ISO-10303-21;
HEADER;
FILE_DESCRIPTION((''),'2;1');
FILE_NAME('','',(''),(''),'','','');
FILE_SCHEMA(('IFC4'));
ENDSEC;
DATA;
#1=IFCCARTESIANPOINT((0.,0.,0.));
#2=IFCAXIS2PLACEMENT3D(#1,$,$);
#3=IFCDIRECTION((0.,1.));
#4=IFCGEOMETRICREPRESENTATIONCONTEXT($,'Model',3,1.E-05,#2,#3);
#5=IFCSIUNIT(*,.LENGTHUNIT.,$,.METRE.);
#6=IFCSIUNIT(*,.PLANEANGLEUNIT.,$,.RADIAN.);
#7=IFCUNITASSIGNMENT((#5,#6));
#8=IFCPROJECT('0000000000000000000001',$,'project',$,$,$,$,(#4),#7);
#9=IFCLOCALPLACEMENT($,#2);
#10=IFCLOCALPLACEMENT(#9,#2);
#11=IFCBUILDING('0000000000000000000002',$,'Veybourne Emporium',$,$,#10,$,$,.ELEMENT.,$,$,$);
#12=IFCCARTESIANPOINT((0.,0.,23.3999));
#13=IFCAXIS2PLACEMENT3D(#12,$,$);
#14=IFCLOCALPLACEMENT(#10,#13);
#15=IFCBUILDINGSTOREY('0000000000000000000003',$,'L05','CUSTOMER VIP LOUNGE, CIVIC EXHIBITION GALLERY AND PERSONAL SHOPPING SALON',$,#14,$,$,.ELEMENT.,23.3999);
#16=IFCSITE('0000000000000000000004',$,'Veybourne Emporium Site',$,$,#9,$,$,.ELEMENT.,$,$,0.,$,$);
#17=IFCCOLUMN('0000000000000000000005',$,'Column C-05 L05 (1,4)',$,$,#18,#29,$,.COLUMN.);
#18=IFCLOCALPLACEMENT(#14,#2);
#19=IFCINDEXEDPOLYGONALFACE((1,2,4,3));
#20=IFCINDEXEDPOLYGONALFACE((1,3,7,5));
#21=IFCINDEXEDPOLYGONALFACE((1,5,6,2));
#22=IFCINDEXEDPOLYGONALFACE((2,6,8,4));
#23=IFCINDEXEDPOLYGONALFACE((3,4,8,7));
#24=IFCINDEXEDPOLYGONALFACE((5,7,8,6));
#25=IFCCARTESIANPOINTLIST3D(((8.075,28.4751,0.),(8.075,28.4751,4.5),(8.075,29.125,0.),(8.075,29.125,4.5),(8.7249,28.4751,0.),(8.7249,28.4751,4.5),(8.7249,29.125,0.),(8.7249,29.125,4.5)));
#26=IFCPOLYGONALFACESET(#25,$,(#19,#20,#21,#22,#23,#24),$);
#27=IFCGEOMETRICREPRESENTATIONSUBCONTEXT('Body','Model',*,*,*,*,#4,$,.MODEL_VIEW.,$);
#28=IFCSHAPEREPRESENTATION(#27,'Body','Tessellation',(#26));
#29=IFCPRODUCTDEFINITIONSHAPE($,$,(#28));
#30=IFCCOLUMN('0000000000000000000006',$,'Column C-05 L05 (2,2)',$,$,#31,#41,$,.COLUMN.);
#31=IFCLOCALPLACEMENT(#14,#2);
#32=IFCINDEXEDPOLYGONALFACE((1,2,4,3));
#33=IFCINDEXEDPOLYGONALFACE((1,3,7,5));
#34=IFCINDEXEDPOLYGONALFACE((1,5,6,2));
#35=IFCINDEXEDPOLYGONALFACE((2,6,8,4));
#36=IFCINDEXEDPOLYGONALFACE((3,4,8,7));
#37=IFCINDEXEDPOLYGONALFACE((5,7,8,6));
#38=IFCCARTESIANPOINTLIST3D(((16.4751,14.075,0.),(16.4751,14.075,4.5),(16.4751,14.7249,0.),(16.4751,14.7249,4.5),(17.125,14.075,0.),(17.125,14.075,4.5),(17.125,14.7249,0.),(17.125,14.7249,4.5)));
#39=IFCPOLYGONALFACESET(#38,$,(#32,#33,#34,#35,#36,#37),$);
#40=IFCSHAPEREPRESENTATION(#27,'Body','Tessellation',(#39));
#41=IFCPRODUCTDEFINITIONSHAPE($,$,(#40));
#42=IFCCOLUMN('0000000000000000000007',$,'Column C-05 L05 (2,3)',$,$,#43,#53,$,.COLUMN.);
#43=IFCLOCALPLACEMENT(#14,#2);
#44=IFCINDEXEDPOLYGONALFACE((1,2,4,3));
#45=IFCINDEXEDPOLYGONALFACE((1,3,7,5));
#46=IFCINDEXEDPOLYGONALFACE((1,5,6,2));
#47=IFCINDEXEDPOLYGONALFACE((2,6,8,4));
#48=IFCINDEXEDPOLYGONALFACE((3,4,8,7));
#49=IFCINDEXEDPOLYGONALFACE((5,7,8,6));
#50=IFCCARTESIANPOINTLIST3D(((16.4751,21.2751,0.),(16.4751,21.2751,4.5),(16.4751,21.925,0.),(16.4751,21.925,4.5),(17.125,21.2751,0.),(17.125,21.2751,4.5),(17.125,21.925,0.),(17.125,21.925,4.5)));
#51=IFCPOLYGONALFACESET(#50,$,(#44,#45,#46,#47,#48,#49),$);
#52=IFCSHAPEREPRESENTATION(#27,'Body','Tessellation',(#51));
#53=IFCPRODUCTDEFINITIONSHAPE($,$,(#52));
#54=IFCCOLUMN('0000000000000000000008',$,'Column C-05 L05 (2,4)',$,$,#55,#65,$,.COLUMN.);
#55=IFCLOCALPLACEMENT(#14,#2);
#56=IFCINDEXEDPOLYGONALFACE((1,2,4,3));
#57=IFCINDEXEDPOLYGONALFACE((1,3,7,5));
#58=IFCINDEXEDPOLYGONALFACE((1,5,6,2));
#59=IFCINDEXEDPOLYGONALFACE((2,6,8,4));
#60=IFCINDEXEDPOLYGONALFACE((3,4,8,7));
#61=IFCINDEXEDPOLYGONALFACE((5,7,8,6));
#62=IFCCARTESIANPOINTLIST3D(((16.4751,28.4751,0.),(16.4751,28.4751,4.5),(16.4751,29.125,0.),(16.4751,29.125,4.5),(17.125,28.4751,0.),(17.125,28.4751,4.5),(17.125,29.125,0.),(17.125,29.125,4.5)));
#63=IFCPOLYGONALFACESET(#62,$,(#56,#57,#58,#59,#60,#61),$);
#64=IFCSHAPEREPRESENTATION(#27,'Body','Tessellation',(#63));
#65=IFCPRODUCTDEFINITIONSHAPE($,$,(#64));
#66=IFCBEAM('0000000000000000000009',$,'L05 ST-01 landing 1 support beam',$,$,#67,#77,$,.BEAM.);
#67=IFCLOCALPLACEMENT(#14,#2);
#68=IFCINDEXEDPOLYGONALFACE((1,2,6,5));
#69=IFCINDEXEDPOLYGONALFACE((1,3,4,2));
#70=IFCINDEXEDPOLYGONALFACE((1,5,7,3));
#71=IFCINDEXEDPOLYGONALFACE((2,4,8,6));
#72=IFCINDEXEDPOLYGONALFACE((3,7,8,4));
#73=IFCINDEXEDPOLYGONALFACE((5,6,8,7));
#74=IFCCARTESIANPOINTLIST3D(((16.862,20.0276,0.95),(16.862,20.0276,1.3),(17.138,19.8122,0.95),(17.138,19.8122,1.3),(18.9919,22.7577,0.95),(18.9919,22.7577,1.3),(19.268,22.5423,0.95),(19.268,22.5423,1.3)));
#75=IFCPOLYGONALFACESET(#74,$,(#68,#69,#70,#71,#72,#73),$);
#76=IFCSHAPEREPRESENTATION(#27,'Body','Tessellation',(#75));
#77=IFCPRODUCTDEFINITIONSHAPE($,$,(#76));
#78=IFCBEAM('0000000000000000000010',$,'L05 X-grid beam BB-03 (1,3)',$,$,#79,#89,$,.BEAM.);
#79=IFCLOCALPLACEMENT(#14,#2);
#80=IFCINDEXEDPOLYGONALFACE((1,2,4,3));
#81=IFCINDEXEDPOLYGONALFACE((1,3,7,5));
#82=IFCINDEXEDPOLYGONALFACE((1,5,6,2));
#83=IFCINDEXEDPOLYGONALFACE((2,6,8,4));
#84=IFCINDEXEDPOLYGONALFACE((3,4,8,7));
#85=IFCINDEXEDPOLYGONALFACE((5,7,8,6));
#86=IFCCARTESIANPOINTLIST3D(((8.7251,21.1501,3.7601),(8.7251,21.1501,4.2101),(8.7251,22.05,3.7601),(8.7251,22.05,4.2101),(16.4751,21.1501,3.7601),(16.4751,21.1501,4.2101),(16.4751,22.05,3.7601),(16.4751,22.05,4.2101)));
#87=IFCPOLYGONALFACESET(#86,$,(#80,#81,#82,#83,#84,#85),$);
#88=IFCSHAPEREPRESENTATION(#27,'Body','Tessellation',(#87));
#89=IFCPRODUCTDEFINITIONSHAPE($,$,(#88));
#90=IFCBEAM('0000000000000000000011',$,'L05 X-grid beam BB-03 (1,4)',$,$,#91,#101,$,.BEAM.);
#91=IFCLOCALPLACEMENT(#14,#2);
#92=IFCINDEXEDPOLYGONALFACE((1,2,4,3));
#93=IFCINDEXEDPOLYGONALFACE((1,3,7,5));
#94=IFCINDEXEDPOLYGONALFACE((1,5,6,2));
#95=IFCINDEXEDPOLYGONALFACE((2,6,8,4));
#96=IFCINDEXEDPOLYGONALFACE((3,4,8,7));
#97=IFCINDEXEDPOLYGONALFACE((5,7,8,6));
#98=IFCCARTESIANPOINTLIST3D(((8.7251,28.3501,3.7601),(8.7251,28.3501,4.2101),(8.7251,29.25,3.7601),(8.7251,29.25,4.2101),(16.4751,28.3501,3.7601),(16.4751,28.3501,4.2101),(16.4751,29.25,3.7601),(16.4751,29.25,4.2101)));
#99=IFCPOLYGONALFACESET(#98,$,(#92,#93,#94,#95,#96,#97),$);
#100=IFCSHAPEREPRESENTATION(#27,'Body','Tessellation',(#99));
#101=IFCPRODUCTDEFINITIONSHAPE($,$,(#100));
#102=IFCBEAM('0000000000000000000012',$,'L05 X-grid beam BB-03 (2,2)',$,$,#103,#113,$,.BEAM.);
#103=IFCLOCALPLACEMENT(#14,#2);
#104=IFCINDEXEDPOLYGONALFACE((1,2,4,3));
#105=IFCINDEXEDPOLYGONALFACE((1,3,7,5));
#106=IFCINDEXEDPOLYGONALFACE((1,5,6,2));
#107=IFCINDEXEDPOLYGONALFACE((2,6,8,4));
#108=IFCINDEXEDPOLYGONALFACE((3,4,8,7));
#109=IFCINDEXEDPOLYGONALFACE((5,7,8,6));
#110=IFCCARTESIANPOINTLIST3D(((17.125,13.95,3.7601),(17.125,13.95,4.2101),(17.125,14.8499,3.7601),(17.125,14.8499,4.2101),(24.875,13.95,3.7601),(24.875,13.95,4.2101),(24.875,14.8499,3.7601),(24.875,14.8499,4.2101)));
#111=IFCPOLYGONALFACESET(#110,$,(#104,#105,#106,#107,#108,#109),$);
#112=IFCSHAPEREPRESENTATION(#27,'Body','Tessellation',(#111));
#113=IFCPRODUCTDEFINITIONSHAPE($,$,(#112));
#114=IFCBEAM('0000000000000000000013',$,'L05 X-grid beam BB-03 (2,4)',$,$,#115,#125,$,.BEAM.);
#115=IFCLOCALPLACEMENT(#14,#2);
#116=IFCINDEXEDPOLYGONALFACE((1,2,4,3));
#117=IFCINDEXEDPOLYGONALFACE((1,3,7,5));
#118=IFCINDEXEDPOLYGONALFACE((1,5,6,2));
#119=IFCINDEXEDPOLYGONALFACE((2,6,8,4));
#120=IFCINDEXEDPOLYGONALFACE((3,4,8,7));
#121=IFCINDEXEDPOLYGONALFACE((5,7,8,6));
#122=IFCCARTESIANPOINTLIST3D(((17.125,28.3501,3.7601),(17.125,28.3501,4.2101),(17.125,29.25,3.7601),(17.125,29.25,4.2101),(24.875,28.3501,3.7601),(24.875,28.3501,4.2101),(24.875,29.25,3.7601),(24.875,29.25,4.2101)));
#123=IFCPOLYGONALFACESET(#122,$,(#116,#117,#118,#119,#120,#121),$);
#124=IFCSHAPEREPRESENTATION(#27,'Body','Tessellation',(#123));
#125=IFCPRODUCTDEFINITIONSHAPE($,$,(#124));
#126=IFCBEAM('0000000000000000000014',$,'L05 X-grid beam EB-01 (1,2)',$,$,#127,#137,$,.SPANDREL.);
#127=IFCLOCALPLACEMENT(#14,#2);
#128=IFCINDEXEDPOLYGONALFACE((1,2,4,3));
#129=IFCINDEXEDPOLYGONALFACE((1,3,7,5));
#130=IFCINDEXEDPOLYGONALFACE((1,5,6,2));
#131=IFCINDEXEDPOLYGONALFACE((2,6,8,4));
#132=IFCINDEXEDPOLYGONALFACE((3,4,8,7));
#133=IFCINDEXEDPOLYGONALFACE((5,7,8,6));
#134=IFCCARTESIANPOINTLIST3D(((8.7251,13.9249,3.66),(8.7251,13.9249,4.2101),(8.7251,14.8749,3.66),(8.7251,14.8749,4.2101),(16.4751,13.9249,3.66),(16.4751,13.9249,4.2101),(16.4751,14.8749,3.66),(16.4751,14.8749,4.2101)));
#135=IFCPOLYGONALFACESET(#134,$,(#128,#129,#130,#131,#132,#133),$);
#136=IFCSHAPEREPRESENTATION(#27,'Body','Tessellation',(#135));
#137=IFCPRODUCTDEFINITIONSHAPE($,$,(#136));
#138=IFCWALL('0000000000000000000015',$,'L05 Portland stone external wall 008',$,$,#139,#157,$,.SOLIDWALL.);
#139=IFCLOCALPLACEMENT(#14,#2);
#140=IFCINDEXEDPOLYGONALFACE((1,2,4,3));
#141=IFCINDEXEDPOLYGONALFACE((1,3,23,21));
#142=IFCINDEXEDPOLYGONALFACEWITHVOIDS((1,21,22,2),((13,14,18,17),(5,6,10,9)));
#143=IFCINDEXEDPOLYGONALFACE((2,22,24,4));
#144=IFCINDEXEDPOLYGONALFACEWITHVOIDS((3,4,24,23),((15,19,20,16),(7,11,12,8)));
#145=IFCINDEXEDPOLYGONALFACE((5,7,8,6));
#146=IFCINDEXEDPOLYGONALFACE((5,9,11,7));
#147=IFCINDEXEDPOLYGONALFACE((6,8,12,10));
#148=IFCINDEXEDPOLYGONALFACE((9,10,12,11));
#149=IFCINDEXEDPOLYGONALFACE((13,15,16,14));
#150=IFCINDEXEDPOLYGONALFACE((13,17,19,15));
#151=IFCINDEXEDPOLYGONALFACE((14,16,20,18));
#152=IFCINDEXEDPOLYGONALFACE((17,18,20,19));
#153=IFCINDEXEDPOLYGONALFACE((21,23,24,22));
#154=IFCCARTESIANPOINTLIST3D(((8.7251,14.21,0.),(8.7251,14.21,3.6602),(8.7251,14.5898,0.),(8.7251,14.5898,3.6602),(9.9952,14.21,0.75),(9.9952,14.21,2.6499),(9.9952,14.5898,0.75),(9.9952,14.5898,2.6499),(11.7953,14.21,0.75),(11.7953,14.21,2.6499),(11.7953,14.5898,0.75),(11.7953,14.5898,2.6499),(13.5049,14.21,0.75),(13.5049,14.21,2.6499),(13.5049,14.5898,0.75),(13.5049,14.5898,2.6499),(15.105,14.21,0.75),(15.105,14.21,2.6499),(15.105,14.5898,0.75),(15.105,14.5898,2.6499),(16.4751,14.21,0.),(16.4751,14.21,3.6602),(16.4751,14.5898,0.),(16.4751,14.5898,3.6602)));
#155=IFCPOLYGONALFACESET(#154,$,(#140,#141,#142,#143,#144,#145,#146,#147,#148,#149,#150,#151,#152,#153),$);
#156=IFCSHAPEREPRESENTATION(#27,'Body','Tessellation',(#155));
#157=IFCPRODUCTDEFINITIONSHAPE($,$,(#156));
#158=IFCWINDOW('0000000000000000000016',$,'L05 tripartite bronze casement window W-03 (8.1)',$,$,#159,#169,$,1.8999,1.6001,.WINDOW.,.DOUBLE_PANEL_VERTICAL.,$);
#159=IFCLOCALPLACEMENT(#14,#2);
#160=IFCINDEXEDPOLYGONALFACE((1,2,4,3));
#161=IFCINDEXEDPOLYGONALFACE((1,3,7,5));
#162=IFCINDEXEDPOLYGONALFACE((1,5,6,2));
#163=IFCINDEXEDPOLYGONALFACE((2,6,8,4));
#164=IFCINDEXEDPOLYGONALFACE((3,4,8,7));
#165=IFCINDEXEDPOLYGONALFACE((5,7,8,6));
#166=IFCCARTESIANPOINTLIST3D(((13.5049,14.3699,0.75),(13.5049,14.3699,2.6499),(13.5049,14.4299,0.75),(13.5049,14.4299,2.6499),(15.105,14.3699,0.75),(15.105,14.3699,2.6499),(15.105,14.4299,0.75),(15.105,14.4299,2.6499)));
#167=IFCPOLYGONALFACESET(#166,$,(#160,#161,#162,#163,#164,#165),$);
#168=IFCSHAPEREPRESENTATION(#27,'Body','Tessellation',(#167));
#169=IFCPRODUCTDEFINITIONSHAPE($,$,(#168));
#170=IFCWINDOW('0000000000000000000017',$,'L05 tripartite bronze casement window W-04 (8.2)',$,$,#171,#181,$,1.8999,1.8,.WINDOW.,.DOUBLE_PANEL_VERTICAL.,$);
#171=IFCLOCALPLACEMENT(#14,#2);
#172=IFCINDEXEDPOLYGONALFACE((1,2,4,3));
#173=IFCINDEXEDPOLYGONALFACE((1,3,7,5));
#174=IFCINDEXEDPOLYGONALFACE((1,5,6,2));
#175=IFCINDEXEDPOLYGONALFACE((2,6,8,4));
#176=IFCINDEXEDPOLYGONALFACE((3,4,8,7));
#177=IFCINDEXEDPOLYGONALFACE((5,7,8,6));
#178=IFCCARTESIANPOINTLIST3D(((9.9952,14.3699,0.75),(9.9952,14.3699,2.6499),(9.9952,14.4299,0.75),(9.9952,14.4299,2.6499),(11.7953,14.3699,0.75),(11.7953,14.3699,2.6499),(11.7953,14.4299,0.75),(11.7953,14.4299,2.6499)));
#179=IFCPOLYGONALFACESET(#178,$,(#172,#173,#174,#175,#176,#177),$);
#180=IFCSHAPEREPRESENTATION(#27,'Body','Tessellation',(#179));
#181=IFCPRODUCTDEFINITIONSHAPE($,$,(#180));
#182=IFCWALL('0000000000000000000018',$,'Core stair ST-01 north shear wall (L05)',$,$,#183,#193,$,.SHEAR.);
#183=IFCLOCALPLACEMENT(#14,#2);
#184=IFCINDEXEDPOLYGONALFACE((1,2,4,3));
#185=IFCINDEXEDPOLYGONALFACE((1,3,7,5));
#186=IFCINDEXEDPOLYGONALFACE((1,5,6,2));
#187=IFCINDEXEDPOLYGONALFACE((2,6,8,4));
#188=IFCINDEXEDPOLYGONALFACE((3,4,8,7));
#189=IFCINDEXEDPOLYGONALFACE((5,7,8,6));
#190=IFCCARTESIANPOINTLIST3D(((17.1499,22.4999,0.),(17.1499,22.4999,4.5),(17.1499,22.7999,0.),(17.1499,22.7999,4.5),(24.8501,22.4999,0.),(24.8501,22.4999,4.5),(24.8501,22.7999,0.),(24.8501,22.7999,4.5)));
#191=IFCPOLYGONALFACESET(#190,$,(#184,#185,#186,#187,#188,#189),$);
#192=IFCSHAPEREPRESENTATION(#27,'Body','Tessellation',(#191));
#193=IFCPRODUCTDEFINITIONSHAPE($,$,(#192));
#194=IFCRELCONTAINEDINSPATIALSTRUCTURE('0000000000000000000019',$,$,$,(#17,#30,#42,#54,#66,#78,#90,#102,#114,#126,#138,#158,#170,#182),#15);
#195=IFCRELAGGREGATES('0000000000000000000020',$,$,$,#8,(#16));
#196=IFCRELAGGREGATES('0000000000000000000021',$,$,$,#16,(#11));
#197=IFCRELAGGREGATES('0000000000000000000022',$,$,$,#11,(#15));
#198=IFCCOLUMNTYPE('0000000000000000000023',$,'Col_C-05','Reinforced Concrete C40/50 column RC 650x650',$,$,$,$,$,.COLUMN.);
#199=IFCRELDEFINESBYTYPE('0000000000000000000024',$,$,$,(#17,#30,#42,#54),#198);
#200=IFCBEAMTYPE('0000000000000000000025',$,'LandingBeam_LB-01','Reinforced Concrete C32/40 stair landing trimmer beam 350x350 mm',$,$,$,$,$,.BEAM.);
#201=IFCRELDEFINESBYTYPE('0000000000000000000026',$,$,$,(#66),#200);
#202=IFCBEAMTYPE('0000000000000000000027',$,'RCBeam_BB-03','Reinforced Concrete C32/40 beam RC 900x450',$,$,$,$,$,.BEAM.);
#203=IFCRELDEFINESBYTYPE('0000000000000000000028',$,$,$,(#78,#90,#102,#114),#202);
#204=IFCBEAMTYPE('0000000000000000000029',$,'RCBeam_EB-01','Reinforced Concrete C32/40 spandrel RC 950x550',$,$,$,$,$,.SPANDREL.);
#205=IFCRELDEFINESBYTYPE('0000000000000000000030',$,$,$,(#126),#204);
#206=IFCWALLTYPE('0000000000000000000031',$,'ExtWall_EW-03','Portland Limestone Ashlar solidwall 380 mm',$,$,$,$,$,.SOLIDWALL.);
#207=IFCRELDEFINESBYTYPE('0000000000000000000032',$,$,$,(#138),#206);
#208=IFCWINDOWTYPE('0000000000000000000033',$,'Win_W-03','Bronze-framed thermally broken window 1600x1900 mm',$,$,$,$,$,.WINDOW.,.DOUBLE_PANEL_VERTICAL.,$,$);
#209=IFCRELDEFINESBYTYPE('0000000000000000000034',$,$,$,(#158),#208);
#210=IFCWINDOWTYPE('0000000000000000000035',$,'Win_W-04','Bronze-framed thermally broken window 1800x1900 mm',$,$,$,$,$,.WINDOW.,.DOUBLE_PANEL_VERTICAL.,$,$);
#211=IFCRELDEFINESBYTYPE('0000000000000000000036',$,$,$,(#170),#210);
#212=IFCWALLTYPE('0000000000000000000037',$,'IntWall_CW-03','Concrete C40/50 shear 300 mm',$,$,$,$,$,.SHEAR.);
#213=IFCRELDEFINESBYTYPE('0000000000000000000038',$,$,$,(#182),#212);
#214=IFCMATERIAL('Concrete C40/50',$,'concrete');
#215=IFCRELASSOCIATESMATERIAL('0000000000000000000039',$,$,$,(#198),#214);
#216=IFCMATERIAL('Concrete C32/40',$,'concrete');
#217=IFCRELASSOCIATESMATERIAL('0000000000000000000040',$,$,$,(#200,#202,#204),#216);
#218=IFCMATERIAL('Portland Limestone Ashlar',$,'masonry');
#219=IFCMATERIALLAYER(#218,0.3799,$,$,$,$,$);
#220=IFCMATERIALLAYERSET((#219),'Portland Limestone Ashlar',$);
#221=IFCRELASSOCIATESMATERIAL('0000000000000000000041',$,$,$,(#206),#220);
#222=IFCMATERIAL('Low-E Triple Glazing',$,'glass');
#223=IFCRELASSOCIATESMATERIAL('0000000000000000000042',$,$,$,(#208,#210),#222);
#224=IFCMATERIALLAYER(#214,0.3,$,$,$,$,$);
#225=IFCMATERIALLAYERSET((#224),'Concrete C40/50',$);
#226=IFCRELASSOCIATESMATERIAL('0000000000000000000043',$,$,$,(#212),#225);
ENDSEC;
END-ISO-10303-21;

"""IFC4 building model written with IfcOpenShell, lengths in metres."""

from ifc_helpers import new_model, si_unit, direction, frame, frame_2d, origin, origin_2d, place, context, subcontext, project, spatial, rectangle, extrude, material, layer, layer_set, material_profile, profile_set, type_object, element, fill, save


model = new_model("IFC4")

# Units and contexts
model_context = context("Model", 3, precision=1e-05, world=origin(), true_north=direction((0.0, 1.0)))
body_context = subcontext(model_context, "Body", "Model", "MODEL_VIEW")
ifc_project = project(units=[si_unit("LENGTHUNIT", "METRE"), si_unit("PLANEANGLEUNIT", "RADIAN")], contexts=[model_context])

# Site, building, storey
site_placement = place(None, origin())
site = spatial("IfcSite", under=ifc_project, at=site_placement, Name="Veybourne Emporium Site", CompositionType="ELEMENT", RefElevation=0.0)
building_placement = place(site_placement, origin())
building = spatial("IfcBuilding", under=site, at=building_placement, Name="Veybourne Emporium", CompositionType="ELEMENT")
storey_placement = place(building_placement, frame((0.0, 0.0, 23.3999)))
storey = spatial("IfcBuildingStorey", under=building, at=storey_placement, Name="L05", Description="CUSTOMER VIP LOUNGE, CIVIC EXHIBITION GALLERY AND PERSONAL SHOPPING SALON", CompositionType="ELEMENT", Elevation=23.3999)

# Columns
ifc_material_1 = material(Name="Concrete C40/50", Category="concrete")
ifc_material_profile_1 = material_profile(ifc_material_1, rectangle(XDim=0.6499, YDim=0.6499, at=origin_2d()), Name="RC 650x650")
ifc_profile_set_1 = profile_set([ifc_material_profile_1], Name="Concrete C40/50")
column_type = type_object("IfcColumnType", Name="Col_C-05", Description="Reinforced Concrete C40/50 column RC 650x650", PredefinedType="COLUMN", material=ifc_profile_set_1)
for number, where, z_axis, x_axis, name in (
    (1, (8.3999, 28.8, 0.0), (0.0, 0.0, 1.0), (1.0, 0.0, 0.0), "Column C-05 L05 (1,4)"),
    (2, (16.8, 14.3999, 0.0), (0.0, 0.0, 1.0), (1.0, 0.0, 0.0), "Column C-05 L05 (2,2)"),
    (3, (16.8, 21.6001, 0.0), (0.0, 0.0, 1.0), (1.0, 0.0, 0.0), "Column C-05 L05 (2,3)"),
    (4, (16.8, 28.8, 0.0), (0.0, 0.0, 1.0), (1.0, 0.0, 0.0), "Column C-05 L05 (2,4)"),
):
    element("IfcColumn", number, at=place(storey_placement, frame(where, z_axis=z_axis, x_axis=x_axis)), inside=storey, type_object=column_type, Name=name, PredefinedType="COLUMN", context=body_context, shape_type="SweptSolid", body=[
        extrude(rectangle(XDim=0.6499, YDim=0.6499, at=origin_2d()), origin(), (0.0, 0.0, 1.0), 4.5),
    ])

# Beams
ifc_material_2 = material(Name="Concrete C32/40", Category="concrete")
ifc_material_profile_2 = material_profile(ifc_material_2, rectangle(XDim=0.3501, YDim=0.3501, at=origin_2d()), Name="RC 350x350")
ifc_profile_set_2 = profile_set([ifc_material_profile_2], Name="Concrete C32/40")
beam_type_1 = type_object("IfcBeamType", Name="LandingBeam_LB-01", Description="Reinforced Concrete C32/40 stair landing trimmer beam 350x350 mm", PredefinedType="BEAM", material=ifc_profile_set_2)
beam_1_placement = place(storey_placement, frame((17.0, 19.9199, 1.125), z_axis=(0.615121, 0.788433, 0.0), x_axis=(-0.788433, 0.615121, 0.0)))
element("IfcBeam", 5, at=beam_1_placement, inside=storey, type_object=beam_type_1, Name="L05 ST-01 landing 1 support beam", PredefinedType="BEAM", context=body_context, shape_type="SweptSolid", body=[
    extrude(rectangle(XDim=0.3501, YDim=0.3501, at=origin_2d()), origin(), (0.0, 0.0, 1.0), 3.4626),
])
ifc_material_profile_3 = material_profile(ifc_material_2, rectangle(XDim=0.8999, YDim=0.45, at=origin_2d()), Name="RC 900x450")
ifc_profile_set_3 = profile_set([ifc_material_profile_3], Name="Concrete C32/40")
beam_type_2 = type_object("IfcBeamType", Name="RCBeam_BB-03", Description="Reinforced Concrete C32/40 beam RC 900x450", PredefinedType="BEAM", material=ifc_profile_set_3)
for number, where, z_axis, x_axis, name in (
    (6, (8.7251, 21.6001, 3.9851), (1.0, 0.0, 0.0), (0.0, 1.0, 0.0), "L05 X-grid beam BB-03 (1,3)"),
    (7, (8.7251, 28.8, 3.9851), (1.0, 0.0, 0.0), (0.0, 1.0, 0.0), "L05 X-grid beam BB-03 (1,4)"),
    (8, (17.125, 14.3999, 3.9851), (1.0, 0.0, 0.0), (0.0, 1.0, 0.0), "L05 X-grid beam BB-03 (2,2)"),
    (9, (17.125, 28.8, 3.9851), (1.0, 0.0, 0.0), (0.0, 1.0, 0.0), "L05 X-grid beam BB-03 (2,4)"),
):
    element("IfcBeam", number, at=place(storey_placement, frame(where, z_axis=z_axis, x_axis=x_axis)), inside=storey, type_object=beam_type_2, Name=name, PredefinedType="BEAM", context=body_context, shape_type="SweptSolid", body=[
        extrude(rectangle(XDim=0.8999, YDim=0.45, at=origin_2d()), origin(), (0.0, 0.0, 1.0), 7.75),
    ])
ifc_material_profile_4 = material_profile(ifc_material_2, rectangle(XDim=0.95, YDim=0.55, at=origin_2d()), Name="RC 950x550")
ifc_profile_set_4 = profile_set([ifc_material_profile_4], Name="Concrete C32/40")
beam_type_3 = type_object("IfcBeamType", Name="RCBeam_EB-01", Description="Reinforced Concrete C32/40 spandrel RC 950x550", PredefinedType="SPANDREL", material=ifc_profile_set_4)
beam_2_placement = place(storey_placement, frame((8.7251, 14.3999, 3.9351), z_axis=(1.0, 0.0, 0.0), x_axis=(0.0, 1.0, 0.0)))
element("IfcBeam", 10, at=beam_2_placement, inside=storey, type_object=beam_type_3, Name="L05 X-grid beam EB-01 (1,2)", PredefinedType="SPANDREL", context=body_context, shape_type="SweptSolid", body=[
    extrude(rectangle(XDim=0.95, YDim=0.55, at=origin_2d()), origin(), (0.0, 0.0, 1.0), 7.75),
])

# Wall, openings, windows
ifc_material_3 = material(Name="Portland Limestone Ashlar", Category="masonry")
ifc_layer_1 = layer(ifc_material_3, 0.3799)
ifc_layer_set_1 = layer_set([ifc_layer_1], Name="Portland Limestone Ashlar")
wall_type_1 = type_object("IfcWallType", Name="ExtWall_EW-03", Description="Portland Limestone Ashlar solidwall 380 mm", PredefinedType="SOLIDWALL", material=ifc_layer_set_1)
wall_1_placement = place(storey_placement, frame((16.4751, 14.3999, 0.0), z_axis=(0.0, 0.0, 1.0), x_axis=(-1.0, 0.0, 0.0)))
wall_1 = element("IfcWall", 11, at=wall_1_placement, inside=storey, type_object=wall_type_1, Name="L05 Portland stone external wall 008", PredefinedType="SOLIDWALL", context=body_context, shape_type="SweptSolid", body=[
    extrude(rectangle(XDim=7.75, YDim=0.3799, at=frame_2d((3.875, 0.0))), origin(), (0.0, 0.0, 1.0), 3.6602),
])
opening_1_placement = place(wall_1_placement, frame((1.3701, 0.0, 0.75)))
opening_1 = element("IfcOpeningElement", 12, at=opening_1_placement, cuts=wall_1, PredefinedType="OPENING", context=body_context, shape_type="SweptSolid", body=[
    extrude(rectangle(XDim=1.6001, YDim=1.8999, at=frame_2d((0.8, 0.95))), frame((0.0, 0.21, 0.0), z_axis=(0.0, -1.0, 0.0), x_axis=(1.0, 0.0, 0.0)), (0.0, 0.0, 1.0), 0.4199),
])
opening_2_placement = place(wall_1_placement, frame((4.6799, 0.0, 0.75)))
opening_2 = element("IfcOpeningElement", 13, at=opening_2_placement, cuts=wall_1, PredefinedType="OPENING", context=body_context, shape_type="SweptSolid", body=[
    extrude(rectangle(XDim=1.8, YDim=1.8999, at=frame_2d((0.8999, 0.95))), frame((0.0, 0.21, 0.0), z_axis=(0.0, -1.0, 0.0), x_axis=(1.0, 0.0, 0.0)), (0.0, 0.0, 1.0), 0.4199),
])
ifc_material_4 = material(Name="Low-E Triple Glazing", Category="glass")
window_type_1 = type_object("IfcWindowType", Name="Win_W-03", Description="Bronze-framed thermally broken window 1600x1900 mm", PartitioningType="DOUBLE_PANEL_VERTICAL", PredefinedType="WINDOW", material=ifc_material_4)
window_1_placement = place(opening_1_placement, origin())
window_1 = element("IfcWindow", 14, at=window_1_placement, inside=storey, type_object=window_type_1, Name="L05 tripartite bronze casement window W-03 (8.1)", OverallHeight=1.8999, OverallWidth=1.6001, PartitioningType="DOUBLE_PANEL_VERTICAL", PredefinedType="WINDOW", context=body_context, shape_type="SweptSolid", body=[
    extrude(rectangle(XDim=1.6001, YDim=1.8999, at=frame_2d((0.8, 0.95))), frame((0.0, 0.03, 0.0), z_axis=(0.0, -1.0, 0.0), x_axis=(1.0, 0.0, 0.0)), (0.0, 0.0, 1.0), 0.0601),
])
fill(opening_1, window_1)
window_type_2 = type_object("IfcWindowType", Name="Win_W-04", Description="Bronze-framed thermally broken window 1800x1900 mm", PartitioningType="DOUBLE_PANEL_VERTICAL", PredefinedType="WINDOW", material=ifc_material_4)
window_2_placement = place(opening_2_placement, origin())
window_2 = element("IfcWindow", 15, at=window_2_placement, inside=storey, type_object=window_type_2, Name="L05 tripartite bronze casement window W-04 (8.2)", OverallHeight=1.8999, OverallWidth=1.8, PartitioningType="DOUBLE_PANEL_VERTICAL", PredefinedType="WINDOW", context=body_context, shape_type="SweptSolid", body=[
    extrude(rectangle(XDim=1.8, YDim=1.8999, at=frame_2d((0.8999, 0.95))), frame((0.0, 0.03, 0.0), z_axis=(0.0, -1.0, 0.0), x_axis=(1.0, 0.0, 0.0)), (0.0, 0.0, 1.0), 0.0601),
])
fill(opening_2, window_2)

# Wall
ifc_layer_2 = layer(ifc_material_1, 0.3)
ifc_layer_set_2 = layer_set([ifc_layer_2], Name="Concrete C40/50")
wall_type_2 = type_object("IfcWallType", Name="IntWall_CW-03", Description="Concrete C40/50 shear 300 mm", PredefinedType="SHEAR", material=ifc_layer_set_2)
wall_2_placement = place(storey_placement, frame((17.1499, 22.6499, 0.0), z_axis=(0.0, 0.0, 1.0), x_axis=(1.0, 0.0, 0.0)))
element("IfcWall", 16, at=wall_2_placement, inside=storey, type_object=wall_type_2, Name="Core stair ST-01 north shear wall (L05)", PredefinedType="SHEAR", context=body_context, shape_type="SweptSolid", body=[
    extrude(rectangle(XDim=7.7002, YDim=0.3, at=frame_2d((3.8501, 0.0))), origin(), (0.0, 0.0, 1.0), 4.5),
])

save(model, "model.ifc")
